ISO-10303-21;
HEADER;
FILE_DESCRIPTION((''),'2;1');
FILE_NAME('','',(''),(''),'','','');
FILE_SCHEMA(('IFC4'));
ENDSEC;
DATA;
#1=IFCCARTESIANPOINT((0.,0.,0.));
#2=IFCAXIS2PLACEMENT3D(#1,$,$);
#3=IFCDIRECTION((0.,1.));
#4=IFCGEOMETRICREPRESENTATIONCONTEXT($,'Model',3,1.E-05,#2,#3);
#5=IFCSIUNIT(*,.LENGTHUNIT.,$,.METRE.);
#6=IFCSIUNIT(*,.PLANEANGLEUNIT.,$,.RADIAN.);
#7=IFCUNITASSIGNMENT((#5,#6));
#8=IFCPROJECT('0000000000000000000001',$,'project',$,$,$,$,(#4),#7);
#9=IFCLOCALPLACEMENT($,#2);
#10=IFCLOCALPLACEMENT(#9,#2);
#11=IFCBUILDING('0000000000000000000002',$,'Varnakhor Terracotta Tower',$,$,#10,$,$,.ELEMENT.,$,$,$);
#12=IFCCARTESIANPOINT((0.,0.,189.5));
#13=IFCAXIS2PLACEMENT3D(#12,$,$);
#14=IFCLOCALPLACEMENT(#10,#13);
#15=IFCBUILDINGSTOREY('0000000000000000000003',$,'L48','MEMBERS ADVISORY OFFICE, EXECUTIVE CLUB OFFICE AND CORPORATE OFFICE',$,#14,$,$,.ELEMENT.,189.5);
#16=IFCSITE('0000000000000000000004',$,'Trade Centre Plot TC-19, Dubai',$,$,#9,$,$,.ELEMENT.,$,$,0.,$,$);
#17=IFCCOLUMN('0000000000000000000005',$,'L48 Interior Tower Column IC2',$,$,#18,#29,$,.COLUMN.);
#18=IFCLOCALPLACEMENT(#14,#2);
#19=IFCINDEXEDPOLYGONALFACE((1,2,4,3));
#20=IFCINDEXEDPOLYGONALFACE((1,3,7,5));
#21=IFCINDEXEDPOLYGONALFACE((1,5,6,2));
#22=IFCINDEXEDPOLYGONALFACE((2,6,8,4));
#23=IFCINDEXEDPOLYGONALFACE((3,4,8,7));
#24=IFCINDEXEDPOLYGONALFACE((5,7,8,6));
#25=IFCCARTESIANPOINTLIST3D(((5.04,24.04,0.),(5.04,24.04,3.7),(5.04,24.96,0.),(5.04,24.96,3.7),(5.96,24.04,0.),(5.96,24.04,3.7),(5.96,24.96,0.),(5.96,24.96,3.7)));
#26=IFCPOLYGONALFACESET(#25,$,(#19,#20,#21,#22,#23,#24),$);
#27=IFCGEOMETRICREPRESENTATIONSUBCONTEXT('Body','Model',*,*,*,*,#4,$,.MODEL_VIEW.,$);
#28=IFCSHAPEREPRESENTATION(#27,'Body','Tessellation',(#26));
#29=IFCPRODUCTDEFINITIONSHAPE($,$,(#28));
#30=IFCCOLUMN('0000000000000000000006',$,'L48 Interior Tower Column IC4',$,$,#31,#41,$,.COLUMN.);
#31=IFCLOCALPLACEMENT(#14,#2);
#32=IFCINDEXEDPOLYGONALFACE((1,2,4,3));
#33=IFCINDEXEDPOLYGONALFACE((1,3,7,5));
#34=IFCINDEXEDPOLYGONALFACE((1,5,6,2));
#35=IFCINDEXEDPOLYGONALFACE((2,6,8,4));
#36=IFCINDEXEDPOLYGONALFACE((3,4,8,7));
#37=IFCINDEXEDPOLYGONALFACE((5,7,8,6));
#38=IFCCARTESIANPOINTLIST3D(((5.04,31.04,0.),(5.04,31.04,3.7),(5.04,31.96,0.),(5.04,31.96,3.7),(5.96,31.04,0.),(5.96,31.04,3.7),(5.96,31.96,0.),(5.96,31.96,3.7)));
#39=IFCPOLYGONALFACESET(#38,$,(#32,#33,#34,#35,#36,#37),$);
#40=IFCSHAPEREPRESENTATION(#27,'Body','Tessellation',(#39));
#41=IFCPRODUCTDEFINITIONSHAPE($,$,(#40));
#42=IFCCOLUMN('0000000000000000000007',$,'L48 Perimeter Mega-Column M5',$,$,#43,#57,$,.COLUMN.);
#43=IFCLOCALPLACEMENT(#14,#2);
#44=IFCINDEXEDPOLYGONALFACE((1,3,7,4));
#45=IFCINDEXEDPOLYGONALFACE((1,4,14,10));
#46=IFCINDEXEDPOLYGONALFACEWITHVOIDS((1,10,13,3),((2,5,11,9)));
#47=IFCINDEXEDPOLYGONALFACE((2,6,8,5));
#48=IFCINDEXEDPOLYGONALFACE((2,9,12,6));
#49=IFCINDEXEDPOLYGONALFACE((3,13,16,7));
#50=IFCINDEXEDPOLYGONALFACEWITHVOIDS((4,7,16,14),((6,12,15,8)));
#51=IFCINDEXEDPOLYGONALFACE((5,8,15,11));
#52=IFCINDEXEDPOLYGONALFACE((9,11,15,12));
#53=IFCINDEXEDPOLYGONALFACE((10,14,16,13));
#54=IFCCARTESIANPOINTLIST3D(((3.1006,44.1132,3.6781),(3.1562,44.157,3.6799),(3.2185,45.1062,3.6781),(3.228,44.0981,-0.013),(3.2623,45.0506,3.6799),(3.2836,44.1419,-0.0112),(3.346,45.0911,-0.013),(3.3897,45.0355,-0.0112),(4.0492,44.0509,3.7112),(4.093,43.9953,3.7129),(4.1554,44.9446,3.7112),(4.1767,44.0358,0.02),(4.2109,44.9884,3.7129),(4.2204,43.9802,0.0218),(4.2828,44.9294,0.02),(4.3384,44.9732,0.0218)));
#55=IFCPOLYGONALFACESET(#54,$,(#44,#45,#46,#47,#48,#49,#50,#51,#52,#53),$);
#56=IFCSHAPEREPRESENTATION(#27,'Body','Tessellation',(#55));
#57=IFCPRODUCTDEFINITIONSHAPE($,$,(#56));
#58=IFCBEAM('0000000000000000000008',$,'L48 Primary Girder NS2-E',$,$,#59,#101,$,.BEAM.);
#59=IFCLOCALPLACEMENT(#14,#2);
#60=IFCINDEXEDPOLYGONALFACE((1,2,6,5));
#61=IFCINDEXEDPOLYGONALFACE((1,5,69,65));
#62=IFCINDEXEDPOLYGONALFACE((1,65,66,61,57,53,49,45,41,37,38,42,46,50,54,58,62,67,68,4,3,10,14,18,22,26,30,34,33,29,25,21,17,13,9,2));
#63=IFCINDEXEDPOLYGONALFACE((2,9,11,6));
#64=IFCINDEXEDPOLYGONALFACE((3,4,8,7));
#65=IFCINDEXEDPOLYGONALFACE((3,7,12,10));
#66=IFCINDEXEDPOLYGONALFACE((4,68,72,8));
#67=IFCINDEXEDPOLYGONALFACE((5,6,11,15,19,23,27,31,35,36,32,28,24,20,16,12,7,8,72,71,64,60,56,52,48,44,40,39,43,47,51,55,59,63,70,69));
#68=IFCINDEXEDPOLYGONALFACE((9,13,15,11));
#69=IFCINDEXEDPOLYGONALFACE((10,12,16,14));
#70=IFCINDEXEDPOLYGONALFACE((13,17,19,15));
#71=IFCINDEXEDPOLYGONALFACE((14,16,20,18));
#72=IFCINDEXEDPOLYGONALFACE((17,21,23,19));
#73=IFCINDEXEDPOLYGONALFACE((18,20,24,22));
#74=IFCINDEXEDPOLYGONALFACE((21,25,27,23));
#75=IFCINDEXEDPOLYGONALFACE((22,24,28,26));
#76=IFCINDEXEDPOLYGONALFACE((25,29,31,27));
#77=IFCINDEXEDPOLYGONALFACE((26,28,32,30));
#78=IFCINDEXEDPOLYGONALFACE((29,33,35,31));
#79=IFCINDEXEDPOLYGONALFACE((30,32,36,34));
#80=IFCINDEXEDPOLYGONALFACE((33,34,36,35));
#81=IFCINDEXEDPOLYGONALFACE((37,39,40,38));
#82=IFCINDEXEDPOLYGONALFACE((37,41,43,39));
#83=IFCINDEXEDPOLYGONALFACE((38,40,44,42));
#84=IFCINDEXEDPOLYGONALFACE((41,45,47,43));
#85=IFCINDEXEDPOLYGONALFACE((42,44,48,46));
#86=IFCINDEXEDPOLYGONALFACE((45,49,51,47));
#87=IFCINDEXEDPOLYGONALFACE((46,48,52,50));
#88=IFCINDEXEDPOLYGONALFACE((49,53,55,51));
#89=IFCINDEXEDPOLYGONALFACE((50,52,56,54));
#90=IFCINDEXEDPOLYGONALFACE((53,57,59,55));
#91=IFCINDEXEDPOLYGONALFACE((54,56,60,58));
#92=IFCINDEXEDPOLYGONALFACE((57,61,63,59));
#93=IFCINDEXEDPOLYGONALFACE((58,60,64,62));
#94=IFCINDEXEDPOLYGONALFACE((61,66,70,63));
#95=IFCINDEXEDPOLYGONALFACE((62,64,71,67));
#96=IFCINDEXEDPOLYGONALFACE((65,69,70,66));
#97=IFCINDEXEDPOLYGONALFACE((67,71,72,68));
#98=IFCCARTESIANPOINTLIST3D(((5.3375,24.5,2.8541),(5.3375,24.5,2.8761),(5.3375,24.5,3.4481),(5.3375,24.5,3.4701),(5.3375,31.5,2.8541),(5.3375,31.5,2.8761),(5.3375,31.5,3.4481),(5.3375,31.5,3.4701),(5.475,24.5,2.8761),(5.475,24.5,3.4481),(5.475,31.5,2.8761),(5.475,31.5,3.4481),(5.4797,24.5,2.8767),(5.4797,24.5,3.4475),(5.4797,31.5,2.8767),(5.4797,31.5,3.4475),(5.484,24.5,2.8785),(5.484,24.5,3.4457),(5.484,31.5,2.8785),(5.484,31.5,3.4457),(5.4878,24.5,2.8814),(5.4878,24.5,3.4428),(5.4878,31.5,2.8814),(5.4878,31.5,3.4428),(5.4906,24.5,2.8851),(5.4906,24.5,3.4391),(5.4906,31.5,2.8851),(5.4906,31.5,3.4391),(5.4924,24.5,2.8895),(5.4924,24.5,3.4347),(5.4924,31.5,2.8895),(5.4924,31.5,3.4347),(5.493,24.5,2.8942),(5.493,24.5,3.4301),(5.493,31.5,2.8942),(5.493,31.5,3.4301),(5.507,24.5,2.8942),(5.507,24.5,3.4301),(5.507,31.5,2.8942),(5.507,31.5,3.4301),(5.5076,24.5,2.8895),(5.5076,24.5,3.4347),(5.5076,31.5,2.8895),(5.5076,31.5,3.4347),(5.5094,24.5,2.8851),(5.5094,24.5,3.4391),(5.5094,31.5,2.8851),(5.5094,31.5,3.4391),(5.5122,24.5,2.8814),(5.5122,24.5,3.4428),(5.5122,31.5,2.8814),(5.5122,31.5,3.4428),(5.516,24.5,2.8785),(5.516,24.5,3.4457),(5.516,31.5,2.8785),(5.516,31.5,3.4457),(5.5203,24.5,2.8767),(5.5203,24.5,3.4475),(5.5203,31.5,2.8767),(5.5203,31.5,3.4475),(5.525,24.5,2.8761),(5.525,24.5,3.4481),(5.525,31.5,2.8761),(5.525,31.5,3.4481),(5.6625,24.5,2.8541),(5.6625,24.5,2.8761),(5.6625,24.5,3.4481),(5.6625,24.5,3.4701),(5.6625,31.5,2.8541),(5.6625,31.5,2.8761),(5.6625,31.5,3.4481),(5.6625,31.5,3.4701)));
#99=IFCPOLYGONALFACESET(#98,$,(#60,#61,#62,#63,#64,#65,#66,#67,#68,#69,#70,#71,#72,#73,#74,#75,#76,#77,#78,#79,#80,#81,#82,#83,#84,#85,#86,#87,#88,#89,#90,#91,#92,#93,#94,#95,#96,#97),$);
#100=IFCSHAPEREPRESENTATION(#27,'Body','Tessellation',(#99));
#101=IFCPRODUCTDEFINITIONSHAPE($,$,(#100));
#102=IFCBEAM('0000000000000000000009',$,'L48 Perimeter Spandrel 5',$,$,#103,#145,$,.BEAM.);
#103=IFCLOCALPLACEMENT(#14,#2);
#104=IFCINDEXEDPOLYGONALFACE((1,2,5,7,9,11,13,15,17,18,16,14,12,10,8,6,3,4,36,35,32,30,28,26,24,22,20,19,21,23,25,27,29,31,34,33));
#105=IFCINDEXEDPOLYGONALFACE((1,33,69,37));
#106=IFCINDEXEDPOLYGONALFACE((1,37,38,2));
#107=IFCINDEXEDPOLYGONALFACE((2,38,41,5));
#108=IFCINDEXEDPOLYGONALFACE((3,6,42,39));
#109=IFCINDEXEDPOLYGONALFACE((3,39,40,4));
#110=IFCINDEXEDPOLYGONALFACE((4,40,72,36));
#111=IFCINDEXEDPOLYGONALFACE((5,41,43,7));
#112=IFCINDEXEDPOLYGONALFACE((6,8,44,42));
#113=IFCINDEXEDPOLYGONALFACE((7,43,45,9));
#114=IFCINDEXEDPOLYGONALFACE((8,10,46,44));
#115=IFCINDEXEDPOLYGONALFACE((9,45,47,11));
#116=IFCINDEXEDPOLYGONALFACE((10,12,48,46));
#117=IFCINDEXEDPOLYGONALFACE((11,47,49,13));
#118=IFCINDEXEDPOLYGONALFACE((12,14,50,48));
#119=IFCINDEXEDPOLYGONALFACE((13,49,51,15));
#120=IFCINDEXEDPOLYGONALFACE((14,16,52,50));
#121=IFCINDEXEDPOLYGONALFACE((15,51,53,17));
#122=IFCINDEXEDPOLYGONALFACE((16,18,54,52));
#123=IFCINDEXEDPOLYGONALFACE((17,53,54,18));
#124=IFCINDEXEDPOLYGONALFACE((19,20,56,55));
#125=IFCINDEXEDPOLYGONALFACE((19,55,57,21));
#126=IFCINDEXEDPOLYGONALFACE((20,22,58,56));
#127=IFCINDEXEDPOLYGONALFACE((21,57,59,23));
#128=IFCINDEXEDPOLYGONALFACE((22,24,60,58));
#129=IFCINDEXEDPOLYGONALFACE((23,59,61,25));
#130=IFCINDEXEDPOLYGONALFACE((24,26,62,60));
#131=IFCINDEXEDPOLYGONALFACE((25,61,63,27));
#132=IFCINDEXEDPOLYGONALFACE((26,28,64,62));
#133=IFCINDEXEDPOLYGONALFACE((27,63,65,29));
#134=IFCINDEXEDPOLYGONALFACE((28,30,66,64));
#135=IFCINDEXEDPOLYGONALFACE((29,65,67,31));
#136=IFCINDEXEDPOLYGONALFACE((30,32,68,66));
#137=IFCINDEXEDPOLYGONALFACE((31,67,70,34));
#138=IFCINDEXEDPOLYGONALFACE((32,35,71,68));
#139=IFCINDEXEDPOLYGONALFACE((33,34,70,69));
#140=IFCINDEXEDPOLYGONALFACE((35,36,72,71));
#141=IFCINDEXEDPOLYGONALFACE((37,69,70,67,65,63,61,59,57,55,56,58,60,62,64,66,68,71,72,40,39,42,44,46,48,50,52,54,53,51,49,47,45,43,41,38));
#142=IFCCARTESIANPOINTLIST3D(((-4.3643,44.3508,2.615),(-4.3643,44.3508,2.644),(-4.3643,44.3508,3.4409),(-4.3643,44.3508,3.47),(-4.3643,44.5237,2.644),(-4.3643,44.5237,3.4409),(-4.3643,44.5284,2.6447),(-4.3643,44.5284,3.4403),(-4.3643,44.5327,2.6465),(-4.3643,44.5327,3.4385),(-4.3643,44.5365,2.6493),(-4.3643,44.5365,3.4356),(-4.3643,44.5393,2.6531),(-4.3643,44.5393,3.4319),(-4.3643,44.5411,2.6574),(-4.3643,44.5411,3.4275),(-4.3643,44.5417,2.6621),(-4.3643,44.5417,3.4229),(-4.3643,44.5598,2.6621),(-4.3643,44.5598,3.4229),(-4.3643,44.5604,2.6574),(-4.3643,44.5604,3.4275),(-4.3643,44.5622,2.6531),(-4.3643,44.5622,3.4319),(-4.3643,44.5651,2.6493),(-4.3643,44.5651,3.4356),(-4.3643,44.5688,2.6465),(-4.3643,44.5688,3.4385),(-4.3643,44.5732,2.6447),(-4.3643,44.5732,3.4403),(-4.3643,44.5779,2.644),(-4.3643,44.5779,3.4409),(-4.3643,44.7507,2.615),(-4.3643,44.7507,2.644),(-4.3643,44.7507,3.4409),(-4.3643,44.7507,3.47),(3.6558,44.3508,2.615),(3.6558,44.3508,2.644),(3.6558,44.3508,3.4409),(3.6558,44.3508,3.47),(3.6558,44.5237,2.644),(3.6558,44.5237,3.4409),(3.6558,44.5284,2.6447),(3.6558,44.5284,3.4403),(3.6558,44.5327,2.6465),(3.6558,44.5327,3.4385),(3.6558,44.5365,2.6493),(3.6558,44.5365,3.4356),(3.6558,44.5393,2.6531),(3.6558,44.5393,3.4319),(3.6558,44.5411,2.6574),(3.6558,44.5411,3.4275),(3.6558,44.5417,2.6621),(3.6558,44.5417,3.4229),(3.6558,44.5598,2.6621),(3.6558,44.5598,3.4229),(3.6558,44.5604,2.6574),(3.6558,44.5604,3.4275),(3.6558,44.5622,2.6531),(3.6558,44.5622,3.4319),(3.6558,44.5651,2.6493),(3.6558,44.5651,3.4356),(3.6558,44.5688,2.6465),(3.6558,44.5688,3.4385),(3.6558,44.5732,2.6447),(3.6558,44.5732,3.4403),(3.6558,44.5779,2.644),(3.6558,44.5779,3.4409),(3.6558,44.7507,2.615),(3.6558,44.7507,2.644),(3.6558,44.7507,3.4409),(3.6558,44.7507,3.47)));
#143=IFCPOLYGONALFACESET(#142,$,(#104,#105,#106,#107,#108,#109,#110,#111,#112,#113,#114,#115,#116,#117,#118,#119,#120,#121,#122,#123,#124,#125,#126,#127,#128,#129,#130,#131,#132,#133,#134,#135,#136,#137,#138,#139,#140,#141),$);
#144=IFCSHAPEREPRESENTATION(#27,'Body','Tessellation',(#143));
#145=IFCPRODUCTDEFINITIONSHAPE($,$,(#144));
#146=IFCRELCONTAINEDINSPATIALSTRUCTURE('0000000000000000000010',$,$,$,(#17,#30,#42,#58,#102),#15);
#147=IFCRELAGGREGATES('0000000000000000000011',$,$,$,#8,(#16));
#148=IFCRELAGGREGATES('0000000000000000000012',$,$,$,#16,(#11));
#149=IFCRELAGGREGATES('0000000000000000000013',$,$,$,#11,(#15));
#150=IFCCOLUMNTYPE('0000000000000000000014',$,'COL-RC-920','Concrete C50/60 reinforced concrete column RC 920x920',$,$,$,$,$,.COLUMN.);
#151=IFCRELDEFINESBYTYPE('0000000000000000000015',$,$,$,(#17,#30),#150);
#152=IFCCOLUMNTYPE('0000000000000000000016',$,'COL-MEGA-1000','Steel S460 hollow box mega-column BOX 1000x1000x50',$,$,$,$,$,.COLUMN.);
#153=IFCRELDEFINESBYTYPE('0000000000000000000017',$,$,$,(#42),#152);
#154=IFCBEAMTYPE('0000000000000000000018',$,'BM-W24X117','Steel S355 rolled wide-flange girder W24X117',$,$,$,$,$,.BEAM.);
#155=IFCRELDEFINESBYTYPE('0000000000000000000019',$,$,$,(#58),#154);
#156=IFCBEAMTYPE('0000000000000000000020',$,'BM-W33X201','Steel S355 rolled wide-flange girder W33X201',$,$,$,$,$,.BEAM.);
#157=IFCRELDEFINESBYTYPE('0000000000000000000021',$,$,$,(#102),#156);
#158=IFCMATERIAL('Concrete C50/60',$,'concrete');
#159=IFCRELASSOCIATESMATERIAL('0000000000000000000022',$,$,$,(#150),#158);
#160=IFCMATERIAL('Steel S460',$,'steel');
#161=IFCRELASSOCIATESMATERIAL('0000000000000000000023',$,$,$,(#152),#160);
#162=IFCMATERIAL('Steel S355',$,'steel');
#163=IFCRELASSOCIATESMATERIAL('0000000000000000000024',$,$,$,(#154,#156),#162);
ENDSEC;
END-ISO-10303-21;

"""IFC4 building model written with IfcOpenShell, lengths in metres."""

from ifc_helpers import new_model, si_unit, direction, frame, origin, origin_2d, place, context, subcontext, project, spatial, rectangle, hollow_rectangle, i_section, extrude, source, transform, mapped, material, material_profile, profile_set, type_object, element, save


model = new_model("IFC4")

# Units and contexts
model_context = context("Model", 3, precision=1e-05, world=origin(), true_north=direction((0.0, 1.0)))
body_context = subcontext(model_context, "Body", "Model", "MODEL_VIEW")
ifc_project = project(units=[si_unit("LENGTHUNIT", "METRE"), si_unit("PLANEANGLEUNIT", "RADIAN")], contexts=[model_context])

# Site, building, storey
site_placement = place(None, origin())
site = spatial("IfcSite", under=ifc_project, at=site_placement, Name="Trade Centre Plot TC-19, Dubai", CompositionType="ELEMENT", RefElevation=0.0)
building_placement = place(site_placement, origin())
building = spatial("IfcBuilding", under=site, at=building_placement, Name="Varnakhor Terracotta Tower", CompositionType="ELEMENT")
storey_placement = place(building_placement, frame((0.0, 0.0, 189.5)))
storey = spatial("IfcBuildingStorey", under=building, at=storey_placement, Name="L48", Description="MEMBERS ADVISORY OFFICE, EXECUTIVE CLUB OFFICE AND CORPORATE OFFICE", CompositionType="ELEMENT", Elevation=189.5)

# Columns
ifc_material_1 = material(Name="Concrete C50/60", Category="concrete")
ifc_material_profile_1 = material_profile(ifc_material_1, rectangle(XDim=0.9199, YDim=0.9199, at=origin_2d()), Name="RC 920x920")
ifc_profile_set_1 = profile_set([ifc_material_profile_1], Name="Concrete C50/60")
column_type_1 = type_object("IfcColumnType", Name="COL-RC-920", Description="Concrete C50/60 reinforced concrete column RC 920x920", PredefinedType="COLUMN", material=ifc_profile_set_1)
shared_shape_1 = source(origin(), body_context, "Body", "SweptSolid", [
    extrude(rectangle(XDim=0.9199, YDim=0.9199, at=origin_2d()), origin(), (0.0, 0.0, 1.0), 3.7),
])
for number, where, z_axis, x_axis, name in (
    (1, (5.5, 24.5, 0.0), (0.0, 0.0, 1.0), (1.0, 0.0, 0.0), "L48 Interior Tower Column IC2"),
    (2, (5.5, 31.5, 0.0), (0.0, 0.0, 1.0), (1.0, 0.0, 0.0), "L48 Interior Tower Column IC4"),
):
    element("IfcColumn", number, at=place(storey_placement, frame(where, z_axis=z_axis, x_axis=x_axis)), inside=storey, type_object=column_type_1, Name=name, PredefinedType="COLUMN", context=body_context, shape_type="MappedRepresentation", body=[
        mapped(shared_shape_1, transform((0.0, 0.0, 0.0), scale=1.0)),
    ])
ifc_material_2 = material(Name="Steel S460", Category="steel")
ifc_material_profile_2 = material_profile(ifc_material_2, hollow_rectangle(XDim=1.0, YDim=1.0, WallThickness=0.05, at=origin_2d()), Name="BOX 1000x1000x50")
ifc_profile_set_2 = profile_set([ifc_material_profile_2], Name="Steel S460")
column_type_2 = type_object("IfcColumnType", Name="COL-MEGA-1000", Description="Steel S460 hollow box mega-column BOX 1000x1000x50", PredefinedType="COLUMN", material=ifc_profile_set_2)
shared_shape_2 = source(origin(), body_context, "Body", "SweptSolid", [
    extrude(hollow_rectangle(XDim=1.0, YDim=1.0, WallThickness=0.05, at=origin_2d()), origin(), (0.0, 0.0, 1.0), 3.6934),
])
column_placement = place(storey_placement, frame((3.7832, 44.5356, 0.0044), z_axis=(-0.034505, 0.004098, 0.999396), x_axis=(-0.117945, -0.99302, 0.0)))
element("IfcColumn", 3, at=column_placement, inside=storey, type_object=column_type_2, Name="L48 Perimeter Mega-Column M5", PredefinedType="COLUMN", context=body_context, shape_type="MappedRepresentation", body=[
    mapped(shared_shape_2, transform((0.0, 0.0, 0.0), scale=1.0)),
])

# Beams
ifc_material_3 = material(Name="Steel S355", Category="steel")
ifc_material_profile_3 = material_profile(ifc_material_3, i_section(OverallWidth=0.325, OverallDepth=0.616, WebThickness=0.0139, FlangeThickness=0.022, FilletRadius=0.0181, at=origin_2d()), Name="W24X117")
ifc_profile_set_3 = profile_set([ifc_material_profile_3], Name="Steel S355")
beam_type_1 = type_object("IfcBeamType", Name="BM-W24X117", Description="Steel S355 rolled wide-flange girder W24X117", PredefinedType="BEAM", material=ifc_profile_set_3)
shared_shape_3 = source(origin(), body_context, "Body", "SweptSolid", [
    extrude(i_section(OverallWidth=0.325, OverallDepth=0.616, WebThickness=0.0139, FlangeThickness=0.022, FilletRadius=0.0181, at=origin_2d()), origin(), (0.0, 0.0, 1.0), 7.0),
])
beam_1_placement = place(storey_placement, frame((5.5, 24.5, 3.1621), z_axis=(0.0, 1.0, 0.0), x_axis=(-1.0, 0.0, 0.0)))
element("IfcBeam", 4, at=beam_1_placement, inside=storey, type_object=beam_type_1, Name="L48 Primary Girder NS2-E", PredefinedType="BEAM", context=body_context, shape_type="MappedRepresentation", body=[
    mapped(shared_shape_3, transform((0.0, 0.0, 0.0), scale=1.0)),
])
ifc_material_profile_4 = material_profile(ifc_material_3, i_section(OverallWidth=0.3999, OverallDepth=0.855, WebThickness=0.0181, FlangeThickness=0.0291, FilletRadius=0.0181, at=origin_2d()), Name="W33X201")
ifc_profile_set_4 = profile_set([ifc_material_profile_4], Name="Steel S355")
beam_type_2 = type_object("IfcBeamType", Name="BM-W33X201", Description="Steel S355 rolled wide-flange girder W33X201", PredefinedType="BEAM", material=ifc_profile_set_4)
shared_shape_4 = source(origin(), body_context, "Body", "SweptSolid", [
    extrude(i_section(OverallWidth=0.3999, OverallDepth=0.855, WebThickness=0.0181, FlangeThickness=0.0291, FilletRadius=0.0181, at=origin_2d()), origin(), (0.0, 0.0, 1.0), 8.02),
])
beam_2_placement = place(storey_placement, frame((3.6558, 44.5508, 3.0425), z_axis=(-1.0, 0.0, 0.0), x_axis=(0.0, -1.0, 0.0)))
element("IfcBeam", 5, at=beam_2_placement, inside=storey, type_object=beam_type_2, Name="L48 Perimeter Spandrel 5", PredefinedType="BEAM", context=body_context, shape_type="MappedRepresentation", body=[
    mapped(shared_shape_4, transform((0.0, 0.0, 0.0), scale=1.0)),
])

save(model, "model.ifc")
